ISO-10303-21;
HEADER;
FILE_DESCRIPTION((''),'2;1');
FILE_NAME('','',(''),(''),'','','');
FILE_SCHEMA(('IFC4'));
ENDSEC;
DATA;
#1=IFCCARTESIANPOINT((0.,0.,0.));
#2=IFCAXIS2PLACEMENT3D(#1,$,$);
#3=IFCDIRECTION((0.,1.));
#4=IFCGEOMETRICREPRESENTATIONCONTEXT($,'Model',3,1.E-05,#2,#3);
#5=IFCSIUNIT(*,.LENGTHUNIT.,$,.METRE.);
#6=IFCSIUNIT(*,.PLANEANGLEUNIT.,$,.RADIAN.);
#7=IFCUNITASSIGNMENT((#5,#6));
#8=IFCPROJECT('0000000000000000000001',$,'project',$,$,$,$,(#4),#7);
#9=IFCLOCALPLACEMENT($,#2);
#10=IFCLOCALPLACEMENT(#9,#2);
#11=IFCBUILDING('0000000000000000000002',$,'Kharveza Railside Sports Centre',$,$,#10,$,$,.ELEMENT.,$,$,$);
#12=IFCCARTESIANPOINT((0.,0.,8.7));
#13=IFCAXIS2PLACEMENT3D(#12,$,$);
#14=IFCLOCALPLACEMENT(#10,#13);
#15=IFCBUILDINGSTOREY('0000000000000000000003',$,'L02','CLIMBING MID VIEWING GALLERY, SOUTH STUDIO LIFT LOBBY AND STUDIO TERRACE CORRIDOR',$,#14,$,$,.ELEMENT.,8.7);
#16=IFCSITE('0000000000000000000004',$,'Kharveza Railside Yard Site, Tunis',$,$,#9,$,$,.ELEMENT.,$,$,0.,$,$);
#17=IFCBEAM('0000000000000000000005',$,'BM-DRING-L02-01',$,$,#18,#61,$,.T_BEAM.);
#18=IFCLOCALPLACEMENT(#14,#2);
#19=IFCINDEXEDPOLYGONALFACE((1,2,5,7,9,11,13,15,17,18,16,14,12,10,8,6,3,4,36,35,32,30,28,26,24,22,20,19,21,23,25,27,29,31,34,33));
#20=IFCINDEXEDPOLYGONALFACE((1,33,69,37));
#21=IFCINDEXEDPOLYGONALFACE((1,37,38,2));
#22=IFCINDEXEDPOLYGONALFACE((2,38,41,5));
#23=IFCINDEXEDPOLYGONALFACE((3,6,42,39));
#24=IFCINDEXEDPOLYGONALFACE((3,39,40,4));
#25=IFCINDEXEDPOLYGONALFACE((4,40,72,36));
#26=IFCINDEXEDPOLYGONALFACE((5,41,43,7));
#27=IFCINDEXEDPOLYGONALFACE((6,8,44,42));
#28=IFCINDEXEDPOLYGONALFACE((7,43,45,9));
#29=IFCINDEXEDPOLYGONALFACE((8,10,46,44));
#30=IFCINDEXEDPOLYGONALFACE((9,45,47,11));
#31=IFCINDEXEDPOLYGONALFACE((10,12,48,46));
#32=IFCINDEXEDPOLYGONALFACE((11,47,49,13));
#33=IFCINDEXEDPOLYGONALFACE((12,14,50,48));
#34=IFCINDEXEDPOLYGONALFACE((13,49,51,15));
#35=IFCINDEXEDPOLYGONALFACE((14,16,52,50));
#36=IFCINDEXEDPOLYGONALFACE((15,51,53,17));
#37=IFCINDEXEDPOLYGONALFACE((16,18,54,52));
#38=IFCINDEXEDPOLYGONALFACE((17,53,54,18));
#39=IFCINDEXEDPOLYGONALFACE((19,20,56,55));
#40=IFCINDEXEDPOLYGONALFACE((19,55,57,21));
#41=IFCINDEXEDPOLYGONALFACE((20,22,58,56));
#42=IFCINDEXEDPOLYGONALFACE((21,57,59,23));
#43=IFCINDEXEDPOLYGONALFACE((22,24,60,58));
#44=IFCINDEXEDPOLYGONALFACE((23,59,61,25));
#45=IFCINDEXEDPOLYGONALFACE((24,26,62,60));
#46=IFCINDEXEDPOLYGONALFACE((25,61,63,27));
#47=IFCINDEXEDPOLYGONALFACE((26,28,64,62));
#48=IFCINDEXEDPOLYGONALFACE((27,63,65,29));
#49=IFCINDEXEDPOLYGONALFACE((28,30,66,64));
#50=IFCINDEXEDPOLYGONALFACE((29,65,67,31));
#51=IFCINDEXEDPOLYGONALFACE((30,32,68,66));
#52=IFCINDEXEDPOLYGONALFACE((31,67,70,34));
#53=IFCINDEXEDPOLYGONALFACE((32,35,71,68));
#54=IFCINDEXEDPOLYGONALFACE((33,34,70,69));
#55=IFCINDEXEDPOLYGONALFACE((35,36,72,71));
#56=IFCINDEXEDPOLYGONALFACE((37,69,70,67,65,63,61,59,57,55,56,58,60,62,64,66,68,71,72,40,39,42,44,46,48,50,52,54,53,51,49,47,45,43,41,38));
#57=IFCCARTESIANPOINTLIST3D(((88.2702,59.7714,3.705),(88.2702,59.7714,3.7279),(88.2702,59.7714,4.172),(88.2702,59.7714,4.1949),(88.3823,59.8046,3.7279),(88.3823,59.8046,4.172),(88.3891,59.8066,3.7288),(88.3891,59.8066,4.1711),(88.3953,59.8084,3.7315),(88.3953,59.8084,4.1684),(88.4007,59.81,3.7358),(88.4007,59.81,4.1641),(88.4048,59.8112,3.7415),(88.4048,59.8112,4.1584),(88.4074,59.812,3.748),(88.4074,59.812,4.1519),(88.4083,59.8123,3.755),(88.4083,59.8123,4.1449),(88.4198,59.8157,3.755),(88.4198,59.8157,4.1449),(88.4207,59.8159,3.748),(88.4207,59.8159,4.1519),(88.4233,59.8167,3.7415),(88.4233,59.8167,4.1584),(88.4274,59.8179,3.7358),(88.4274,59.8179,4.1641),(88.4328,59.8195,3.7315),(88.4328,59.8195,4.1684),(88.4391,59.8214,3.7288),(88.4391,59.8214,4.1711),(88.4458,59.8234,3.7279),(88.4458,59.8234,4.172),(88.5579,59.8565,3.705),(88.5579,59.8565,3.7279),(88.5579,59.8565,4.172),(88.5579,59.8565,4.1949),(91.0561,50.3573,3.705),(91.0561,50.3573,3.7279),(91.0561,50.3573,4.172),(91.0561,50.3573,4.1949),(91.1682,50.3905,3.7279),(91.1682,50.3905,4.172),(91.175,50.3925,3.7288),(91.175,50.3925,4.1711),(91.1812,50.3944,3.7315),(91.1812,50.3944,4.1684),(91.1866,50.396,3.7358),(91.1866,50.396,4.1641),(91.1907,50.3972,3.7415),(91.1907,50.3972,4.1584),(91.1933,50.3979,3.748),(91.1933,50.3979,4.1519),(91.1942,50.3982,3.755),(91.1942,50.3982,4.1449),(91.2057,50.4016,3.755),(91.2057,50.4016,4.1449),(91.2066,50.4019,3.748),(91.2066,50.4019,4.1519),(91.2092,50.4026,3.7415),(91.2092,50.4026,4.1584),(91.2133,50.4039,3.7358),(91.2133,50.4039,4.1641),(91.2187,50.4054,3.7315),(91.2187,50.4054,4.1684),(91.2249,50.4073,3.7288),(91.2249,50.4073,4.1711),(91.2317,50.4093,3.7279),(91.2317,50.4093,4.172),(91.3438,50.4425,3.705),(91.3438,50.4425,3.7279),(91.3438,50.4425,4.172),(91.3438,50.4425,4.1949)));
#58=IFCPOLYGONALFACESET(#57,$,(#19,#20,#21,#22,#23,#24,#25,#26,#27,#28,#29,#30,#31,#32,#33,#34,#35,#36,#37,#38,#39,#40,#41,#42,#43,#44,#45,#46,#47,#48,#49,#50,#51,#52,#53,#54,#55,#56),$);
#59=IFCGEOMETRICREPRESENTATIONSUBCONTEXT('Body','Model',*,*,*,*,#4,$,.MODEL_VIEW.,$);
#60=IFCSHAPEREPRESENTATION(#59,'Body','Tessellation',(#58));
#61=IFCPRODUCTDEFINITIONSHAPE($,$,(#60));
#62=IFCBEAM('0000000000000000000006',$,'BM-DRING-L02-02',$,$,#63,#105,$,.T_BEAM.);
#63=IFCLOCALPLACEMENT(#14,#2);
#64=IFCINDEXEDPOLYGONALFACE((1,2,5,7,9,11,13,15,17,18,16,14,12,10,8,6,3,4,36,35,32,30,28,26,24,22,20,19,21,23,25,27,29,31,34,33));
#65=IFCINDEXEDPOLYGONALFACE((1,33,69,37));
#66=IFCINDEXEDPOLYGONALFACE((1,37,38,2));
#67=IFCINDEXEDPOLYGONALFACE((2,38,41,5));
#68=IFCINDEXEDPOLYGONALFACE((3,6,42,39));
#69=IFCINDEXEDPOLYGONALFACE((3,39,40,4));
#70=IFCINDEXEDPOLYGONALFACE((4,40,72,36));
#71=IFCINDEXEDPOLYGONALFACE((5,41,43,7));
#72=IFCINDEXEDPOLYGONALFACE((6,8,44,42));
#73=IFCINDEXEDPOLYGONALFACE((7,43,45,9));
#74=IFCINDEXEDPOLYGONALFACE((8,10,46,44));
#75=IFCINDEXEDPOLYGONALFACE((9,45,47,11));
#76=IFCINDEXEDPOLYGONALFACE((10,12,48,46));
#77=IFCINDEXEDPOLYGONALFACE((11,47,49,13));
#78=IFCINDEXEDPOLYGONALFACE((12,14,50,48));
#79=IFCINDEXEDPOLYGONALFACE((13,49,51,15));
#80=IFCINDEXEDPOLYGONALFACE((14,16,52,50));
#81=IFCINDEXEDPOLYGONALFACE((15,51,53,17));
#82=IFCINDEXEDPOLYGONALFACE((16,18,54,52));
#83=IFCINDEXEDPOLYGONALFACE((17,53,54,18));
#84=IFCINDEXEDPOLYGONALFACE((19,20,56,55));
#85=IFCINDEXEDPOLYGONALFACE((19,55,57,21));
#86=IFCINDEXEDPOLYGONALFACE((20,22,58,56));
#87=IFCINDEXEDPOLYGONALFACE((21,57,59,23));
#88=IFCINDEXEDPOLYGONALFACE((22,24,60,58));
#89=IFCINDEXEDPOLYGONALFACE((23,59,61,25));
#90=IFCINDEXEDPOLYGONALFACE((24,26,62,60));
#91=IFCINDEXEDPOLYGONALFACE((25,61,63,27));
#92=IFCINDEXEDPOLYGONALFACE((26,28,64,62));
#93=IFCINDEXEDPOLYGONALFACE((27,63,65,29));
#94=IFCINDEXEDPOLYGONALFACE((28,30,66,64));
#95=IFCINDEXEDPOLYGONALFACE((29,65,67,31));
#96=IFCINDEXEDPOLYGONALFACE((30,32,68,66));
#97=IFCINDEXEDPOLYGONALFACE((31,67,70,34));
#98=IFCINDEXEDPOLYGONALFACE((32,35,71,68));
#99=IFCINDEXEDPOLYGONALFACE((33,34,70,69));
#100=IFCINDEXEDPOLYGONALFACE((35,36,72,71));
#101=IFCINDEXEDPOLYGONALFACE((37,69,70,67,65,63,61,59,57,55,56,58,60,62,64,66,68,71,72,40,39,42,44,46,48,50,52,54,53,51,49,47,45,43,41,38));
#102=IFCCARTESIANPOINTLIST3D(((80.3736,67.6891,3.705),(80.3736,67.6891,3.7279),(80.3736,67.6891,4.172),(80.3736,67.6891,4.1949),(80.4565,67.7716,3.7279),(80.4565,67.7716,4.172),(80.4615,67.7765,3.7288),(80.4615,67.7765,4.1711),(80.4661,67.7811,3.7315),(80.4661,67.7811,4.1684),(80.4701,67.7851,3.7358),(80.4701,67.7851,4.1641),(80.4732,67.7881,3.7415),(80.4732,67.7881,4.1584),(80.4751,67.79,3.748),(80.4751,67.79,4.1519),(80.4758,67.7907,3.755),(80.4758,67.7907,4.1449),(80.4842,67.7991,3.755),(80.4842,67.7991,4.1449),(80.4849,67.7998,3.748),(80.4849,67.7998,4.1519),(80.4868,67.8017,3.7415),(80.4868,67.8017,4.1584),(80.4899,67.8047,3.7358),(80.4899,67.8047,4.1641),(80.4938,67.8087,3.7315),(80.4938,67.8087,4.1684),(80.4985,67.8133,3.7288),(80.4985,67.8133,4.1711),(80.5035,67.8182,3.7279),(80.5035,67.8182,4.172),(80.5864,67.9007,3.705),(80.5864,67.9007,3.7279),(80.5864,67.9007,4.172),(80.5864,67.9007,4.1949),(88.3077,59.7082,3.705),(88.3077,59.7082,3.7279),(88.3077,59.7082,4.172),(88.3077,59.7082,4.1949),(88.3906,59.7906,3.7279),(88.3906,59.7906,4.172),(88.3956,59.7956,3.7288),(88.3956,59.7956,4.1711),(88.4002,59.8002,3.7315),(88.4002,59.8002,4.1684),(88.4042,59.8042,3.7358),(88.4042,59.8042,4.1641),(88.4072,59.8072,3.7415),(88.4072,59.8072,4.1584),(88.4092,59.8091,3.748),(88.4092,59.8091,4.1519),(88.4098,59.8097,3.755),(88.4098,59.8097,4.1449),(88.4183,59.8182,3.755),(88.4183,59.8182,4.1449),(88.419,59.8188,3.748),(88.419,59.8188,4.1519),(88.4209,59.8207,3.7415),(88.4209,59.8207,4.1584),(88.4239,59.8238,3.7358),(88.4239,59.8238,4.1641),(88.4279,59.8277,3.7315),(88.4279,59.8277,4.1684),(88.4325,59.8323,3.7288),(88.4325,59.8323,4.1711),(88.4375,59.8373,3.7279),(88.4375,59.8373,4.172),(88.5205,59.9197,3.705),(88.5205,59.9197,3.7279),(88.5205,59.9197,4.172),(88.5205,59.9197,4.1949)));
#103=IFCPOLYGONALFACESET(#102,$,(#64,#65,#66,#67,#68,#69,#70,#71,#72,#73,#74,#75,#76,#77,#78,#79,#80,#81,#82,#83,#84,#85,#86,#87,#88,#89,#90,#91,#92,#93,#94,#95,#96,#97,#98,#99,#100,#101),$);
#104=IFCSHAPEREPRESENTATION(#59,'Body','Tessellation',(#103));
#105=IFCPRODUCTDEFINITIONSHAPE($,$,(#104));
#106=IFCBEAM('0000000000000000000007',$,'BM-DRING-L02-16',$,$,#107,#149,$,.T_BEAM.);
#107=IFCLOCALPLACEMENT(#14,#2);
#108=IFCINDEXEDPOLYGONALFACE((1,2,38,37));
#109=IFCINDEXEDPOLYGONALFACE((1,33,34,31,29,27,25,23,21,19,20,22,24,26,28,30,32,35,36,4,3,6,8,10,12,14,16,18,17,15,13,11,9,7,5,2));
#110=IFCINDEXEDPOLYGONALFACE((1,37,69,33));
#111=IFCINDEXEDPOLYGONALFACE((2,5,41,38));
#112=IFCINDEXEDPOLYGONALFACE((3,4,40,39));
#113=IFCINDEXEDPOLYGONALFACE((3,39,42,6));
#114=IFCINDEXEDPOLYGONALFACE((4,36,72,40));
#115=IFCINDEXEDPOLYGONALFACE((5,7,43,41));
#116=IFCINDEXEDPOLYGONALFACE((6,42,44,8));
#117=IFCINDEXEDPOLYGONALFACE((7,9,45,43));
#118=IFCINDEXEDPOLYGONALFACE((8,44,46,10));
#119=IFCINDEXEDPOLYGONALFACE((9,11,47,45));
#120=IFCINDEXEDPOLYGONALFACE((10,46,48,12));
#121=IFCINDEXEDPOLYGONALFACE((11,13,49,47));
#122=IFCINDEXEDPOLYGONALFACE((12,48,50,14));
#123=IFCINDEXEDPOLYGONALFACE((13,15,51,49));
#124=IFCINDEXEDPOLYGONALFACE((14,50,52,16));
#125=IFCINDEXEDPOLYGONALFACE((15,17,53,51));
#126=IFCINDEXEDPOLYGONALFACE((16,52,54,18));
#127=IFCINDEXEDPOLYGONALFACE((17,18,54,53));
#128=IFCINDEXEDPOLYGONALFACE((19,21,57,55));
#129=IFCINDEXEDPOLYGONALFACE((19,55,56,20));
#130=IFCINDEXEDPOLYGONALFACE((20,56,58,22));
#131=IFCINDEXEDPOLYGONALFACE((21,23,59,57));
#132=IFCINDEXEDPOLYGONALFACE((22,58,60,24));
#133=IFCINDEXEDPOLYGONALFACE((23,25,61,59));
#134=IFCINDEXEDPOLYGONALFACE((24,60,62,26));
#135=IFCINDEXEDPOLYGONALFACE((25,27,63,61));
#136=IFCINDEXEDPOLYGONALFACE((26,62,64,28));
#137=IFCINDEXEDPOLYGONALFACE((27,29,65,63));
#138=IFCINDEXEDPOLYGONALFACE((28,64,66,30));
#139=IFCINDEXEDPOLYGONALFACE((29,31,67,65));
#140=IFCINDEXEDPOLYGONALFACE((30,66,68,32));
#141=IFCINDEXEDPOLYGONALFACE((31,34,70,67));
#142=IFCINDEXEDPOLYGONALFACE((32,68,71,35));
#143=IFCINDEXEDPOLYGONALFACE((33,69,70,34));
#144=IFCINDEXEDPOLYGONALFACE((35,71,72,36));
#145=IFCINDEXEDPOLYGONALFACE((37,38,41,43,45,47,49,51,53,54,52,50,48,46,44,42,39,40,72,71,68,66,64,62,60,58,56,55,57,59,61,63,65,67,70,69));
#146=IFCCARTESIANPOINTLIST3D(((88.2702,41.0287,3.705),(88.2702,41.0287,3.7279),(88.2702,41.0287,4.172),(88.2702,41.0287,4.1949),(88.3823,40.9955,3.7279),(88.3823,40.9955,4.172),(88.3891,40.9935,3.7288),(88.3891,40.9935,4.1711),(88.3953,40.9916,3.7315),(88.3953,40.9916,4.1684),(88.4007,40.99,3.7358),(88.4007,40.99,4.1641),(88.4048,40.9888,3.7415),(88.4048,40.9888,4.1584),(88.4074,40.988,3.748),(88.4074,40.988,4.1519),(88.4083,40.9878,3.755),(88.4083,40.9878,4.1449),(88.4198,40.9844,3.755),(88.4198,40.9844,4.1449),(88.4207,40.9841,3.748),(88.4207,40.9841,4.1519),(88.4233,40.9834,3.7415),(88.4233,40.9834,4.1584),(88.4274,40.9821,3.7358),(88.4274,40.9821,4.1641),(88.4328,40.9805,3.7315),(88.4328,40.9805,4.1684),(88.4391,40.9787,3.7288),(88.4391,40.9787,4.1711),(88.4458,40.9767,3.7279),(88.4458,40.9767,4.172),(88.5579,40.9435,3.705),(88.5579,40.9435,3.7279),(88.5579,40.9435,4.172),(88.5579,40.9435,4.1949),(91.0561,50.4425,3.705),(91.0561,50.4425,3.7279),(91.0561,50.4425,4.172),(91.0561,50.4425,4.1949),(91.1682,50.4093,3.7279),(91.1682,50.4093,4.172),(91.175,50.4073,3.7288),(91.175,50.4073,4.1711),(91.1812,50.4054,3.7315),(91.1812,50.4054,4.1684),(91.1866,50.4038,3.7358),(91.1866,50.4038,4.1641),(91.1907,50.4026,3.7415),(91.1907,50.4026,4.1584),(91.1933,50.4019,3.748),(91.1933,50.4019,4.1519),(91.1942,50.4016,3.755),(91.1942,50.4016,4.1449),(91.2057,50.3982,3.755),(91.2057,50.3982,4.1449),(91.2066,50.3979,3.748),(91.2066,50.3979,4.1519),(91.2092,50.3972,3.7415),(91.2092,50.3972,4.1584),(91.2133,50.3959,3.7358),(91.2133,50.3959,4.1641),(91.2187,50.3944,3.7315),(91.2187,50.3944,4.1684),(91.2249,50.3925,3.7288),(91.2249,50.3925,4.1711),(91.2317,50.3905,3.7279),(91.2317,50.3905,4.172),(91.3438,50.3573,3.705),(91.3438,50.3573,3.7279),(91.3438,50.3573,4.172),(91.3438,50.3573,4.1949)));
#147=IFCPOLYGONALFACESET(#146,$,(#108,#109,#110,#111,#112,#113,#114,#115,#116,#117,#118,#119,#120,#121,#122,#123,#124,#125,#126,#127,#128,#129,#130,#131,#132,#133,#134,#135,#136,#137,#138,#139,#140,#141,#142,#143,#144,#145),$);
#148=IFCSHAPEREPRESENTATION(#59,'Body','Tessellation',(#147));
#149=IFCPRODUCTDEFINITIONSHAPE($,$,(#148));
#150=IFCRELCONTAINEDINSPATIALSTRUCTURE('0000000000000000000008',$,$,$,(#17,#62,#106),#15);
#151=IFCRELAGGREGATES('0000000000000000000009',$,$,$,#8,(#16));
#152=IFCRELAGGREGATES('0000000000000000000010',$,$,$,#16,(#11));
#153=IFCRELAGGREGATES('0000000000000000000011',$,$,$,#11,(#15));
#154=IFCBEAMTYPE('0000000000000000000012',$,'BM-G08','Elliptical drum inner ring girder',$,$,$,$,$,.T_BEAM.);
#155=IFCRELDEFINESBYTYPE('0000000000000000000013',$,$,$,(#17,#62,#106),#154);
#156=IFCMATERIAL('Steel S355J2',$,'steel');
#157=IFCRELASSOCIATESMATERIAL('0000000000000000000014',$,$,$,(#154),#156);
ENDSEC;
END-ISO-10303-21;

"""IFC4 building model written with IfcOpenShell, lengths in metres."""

from ifc_helpers import new_model, si_unit, direction, frame, origin, origin_2d, place, context, subcontext, project, spatial, i_section, extrude, material, material_profile, profile_set, type_object, element, save


model = new_model("IFC4")

# Units and contexts
model_context = context("Model", 3, precision=1e-05, world=origin(), true_north=direction((0.0, 1.0)))
body_context = subcontext(model_context, "Body", "Model", "MODEL_VIEW")
ifc_project = project(units=[si_unit("LENGTHUNIT", "METRE"), si_unit("PLANEANGLEUNIT", "RADIAN")], contexts=[model_context])

# Site, building, storey
site_placement = place(None, origin())
site = spatial("IfcSite", under=ifc_project, at=site_placement, Name="Kharveza Railside Yard Site, Tunis", CompositionType="ELEMENT", RefElevation=0.0)
building_placement = place(site_placement, origin())
building = spatial("IfcBuilding", under=site, at=building_placement, Name="Kharveza Railside Sports Centre", CompositionType="ELEMENT")
storey_placement = place(building_placement, frame((0.0, 0.0, 8.7)))
storey = spatial("IfcBuildingStorey", under=building, at=storey_placement, Name="L02", Description="CLIMBING MID VIEWING GALLERY, SOUTH STUDIO LIFT LOBBY AND STUDIO TERRACE CORRIDOR", CompositionType="ELEMENT", Elevation=8.7)

# Shared definitions
ifc_material_1 = material(Name="Steel S355J2", Category="steel")

# Beams
ifc_material_profile_1 = material_profile(ifc_material_1, i_section(OverallWidth=0.3, OverallDepth=0.49, WebThickness=0.012, FlangeThickness=0.0229, FilletRadius=0.0271, at=origin_2d()), Name="HEA 500")
ifc_profile_set_1 = profile_set([ifc_material_profile_1], Name="Steel S355J2")
beam_type_1 = type_object("IfcBeamType", Name="BM-G08", Description="Elliptical drum inner ring girder", PredefinedType="T_BEAM", material=ifc_profile_set_1)
beam_1_placement = place(storey_placement, frame((91.2, 50.3999, 3.95), z_axis=(-0.283764, 0.958894, 0.0), x_axis=(-0.958894, -0.283764, 0.0)))
element("IfcBeam", 1, at=beam_1_placement, inside=storey, type_object=beam_type_1, Name="BM-DRING-L02-01", PredefinedType="T_BEAM", context=body_context, shape_type="SweptSolid", body=[
    extrude(i_section(OverallWidth=0.3, OverallDepth=0.49, WebThickness=0.012, FlangeThickness=0.0229, FilletRadius=0.0271, at=origin_2d()), origin(), (0.0, 0.0, 1.0), 9.8176),
])
beam_2_placement = place(storey_placement, frame((88.4141, 59.814, 3.95), z_axis=(-0.705021, 0.709186, 0.0), x_axis=(-0.709186, -0.705021, 0.0)))
element("IfcBeam", 2, at=beam_2_placement, inside=storey, type_object=beam_type_1, Name="BM-DRING-L02-02", PredefinedType="T_BEAM", context=body_context, shape_type="SweptSolid", body=[
    extrude(i_section(OverallWidth=0.3, OverallDepth=0.49, WebThickness=0.012, FlangeThickness=0.0229, FilletRadius=0.0271, at=origin_2d()), origin(), (0.0, 0.0, 1.0), 11.2537),
])
beam_3_placement = place(storey_placement, frame((88.4141, 40.9861, 3.95), z_axis=(0.283771, 0.958892, 0.0), x_axis=(-0.958892, 0.283771, 0.0)))
element("IfcBeam", 3, at=beam_3_placement, inside=storey, type_object=beam_type_1, Name="BM-DRING-L02-16", PredefinedType="T_BEAM", context=body_context, shape_type="SweptSolid", body=[
    extrude(i_section(OverallWidth=0.3, OverallDepth=0.49, WebThickness=0.012, FlangeThickness=0.0229, FilletRadius=0.0271, at=origin_2d()), origin(), (0.0, 0.0, 1.0), 9.8174),
])

save(model, "model.ifc")
